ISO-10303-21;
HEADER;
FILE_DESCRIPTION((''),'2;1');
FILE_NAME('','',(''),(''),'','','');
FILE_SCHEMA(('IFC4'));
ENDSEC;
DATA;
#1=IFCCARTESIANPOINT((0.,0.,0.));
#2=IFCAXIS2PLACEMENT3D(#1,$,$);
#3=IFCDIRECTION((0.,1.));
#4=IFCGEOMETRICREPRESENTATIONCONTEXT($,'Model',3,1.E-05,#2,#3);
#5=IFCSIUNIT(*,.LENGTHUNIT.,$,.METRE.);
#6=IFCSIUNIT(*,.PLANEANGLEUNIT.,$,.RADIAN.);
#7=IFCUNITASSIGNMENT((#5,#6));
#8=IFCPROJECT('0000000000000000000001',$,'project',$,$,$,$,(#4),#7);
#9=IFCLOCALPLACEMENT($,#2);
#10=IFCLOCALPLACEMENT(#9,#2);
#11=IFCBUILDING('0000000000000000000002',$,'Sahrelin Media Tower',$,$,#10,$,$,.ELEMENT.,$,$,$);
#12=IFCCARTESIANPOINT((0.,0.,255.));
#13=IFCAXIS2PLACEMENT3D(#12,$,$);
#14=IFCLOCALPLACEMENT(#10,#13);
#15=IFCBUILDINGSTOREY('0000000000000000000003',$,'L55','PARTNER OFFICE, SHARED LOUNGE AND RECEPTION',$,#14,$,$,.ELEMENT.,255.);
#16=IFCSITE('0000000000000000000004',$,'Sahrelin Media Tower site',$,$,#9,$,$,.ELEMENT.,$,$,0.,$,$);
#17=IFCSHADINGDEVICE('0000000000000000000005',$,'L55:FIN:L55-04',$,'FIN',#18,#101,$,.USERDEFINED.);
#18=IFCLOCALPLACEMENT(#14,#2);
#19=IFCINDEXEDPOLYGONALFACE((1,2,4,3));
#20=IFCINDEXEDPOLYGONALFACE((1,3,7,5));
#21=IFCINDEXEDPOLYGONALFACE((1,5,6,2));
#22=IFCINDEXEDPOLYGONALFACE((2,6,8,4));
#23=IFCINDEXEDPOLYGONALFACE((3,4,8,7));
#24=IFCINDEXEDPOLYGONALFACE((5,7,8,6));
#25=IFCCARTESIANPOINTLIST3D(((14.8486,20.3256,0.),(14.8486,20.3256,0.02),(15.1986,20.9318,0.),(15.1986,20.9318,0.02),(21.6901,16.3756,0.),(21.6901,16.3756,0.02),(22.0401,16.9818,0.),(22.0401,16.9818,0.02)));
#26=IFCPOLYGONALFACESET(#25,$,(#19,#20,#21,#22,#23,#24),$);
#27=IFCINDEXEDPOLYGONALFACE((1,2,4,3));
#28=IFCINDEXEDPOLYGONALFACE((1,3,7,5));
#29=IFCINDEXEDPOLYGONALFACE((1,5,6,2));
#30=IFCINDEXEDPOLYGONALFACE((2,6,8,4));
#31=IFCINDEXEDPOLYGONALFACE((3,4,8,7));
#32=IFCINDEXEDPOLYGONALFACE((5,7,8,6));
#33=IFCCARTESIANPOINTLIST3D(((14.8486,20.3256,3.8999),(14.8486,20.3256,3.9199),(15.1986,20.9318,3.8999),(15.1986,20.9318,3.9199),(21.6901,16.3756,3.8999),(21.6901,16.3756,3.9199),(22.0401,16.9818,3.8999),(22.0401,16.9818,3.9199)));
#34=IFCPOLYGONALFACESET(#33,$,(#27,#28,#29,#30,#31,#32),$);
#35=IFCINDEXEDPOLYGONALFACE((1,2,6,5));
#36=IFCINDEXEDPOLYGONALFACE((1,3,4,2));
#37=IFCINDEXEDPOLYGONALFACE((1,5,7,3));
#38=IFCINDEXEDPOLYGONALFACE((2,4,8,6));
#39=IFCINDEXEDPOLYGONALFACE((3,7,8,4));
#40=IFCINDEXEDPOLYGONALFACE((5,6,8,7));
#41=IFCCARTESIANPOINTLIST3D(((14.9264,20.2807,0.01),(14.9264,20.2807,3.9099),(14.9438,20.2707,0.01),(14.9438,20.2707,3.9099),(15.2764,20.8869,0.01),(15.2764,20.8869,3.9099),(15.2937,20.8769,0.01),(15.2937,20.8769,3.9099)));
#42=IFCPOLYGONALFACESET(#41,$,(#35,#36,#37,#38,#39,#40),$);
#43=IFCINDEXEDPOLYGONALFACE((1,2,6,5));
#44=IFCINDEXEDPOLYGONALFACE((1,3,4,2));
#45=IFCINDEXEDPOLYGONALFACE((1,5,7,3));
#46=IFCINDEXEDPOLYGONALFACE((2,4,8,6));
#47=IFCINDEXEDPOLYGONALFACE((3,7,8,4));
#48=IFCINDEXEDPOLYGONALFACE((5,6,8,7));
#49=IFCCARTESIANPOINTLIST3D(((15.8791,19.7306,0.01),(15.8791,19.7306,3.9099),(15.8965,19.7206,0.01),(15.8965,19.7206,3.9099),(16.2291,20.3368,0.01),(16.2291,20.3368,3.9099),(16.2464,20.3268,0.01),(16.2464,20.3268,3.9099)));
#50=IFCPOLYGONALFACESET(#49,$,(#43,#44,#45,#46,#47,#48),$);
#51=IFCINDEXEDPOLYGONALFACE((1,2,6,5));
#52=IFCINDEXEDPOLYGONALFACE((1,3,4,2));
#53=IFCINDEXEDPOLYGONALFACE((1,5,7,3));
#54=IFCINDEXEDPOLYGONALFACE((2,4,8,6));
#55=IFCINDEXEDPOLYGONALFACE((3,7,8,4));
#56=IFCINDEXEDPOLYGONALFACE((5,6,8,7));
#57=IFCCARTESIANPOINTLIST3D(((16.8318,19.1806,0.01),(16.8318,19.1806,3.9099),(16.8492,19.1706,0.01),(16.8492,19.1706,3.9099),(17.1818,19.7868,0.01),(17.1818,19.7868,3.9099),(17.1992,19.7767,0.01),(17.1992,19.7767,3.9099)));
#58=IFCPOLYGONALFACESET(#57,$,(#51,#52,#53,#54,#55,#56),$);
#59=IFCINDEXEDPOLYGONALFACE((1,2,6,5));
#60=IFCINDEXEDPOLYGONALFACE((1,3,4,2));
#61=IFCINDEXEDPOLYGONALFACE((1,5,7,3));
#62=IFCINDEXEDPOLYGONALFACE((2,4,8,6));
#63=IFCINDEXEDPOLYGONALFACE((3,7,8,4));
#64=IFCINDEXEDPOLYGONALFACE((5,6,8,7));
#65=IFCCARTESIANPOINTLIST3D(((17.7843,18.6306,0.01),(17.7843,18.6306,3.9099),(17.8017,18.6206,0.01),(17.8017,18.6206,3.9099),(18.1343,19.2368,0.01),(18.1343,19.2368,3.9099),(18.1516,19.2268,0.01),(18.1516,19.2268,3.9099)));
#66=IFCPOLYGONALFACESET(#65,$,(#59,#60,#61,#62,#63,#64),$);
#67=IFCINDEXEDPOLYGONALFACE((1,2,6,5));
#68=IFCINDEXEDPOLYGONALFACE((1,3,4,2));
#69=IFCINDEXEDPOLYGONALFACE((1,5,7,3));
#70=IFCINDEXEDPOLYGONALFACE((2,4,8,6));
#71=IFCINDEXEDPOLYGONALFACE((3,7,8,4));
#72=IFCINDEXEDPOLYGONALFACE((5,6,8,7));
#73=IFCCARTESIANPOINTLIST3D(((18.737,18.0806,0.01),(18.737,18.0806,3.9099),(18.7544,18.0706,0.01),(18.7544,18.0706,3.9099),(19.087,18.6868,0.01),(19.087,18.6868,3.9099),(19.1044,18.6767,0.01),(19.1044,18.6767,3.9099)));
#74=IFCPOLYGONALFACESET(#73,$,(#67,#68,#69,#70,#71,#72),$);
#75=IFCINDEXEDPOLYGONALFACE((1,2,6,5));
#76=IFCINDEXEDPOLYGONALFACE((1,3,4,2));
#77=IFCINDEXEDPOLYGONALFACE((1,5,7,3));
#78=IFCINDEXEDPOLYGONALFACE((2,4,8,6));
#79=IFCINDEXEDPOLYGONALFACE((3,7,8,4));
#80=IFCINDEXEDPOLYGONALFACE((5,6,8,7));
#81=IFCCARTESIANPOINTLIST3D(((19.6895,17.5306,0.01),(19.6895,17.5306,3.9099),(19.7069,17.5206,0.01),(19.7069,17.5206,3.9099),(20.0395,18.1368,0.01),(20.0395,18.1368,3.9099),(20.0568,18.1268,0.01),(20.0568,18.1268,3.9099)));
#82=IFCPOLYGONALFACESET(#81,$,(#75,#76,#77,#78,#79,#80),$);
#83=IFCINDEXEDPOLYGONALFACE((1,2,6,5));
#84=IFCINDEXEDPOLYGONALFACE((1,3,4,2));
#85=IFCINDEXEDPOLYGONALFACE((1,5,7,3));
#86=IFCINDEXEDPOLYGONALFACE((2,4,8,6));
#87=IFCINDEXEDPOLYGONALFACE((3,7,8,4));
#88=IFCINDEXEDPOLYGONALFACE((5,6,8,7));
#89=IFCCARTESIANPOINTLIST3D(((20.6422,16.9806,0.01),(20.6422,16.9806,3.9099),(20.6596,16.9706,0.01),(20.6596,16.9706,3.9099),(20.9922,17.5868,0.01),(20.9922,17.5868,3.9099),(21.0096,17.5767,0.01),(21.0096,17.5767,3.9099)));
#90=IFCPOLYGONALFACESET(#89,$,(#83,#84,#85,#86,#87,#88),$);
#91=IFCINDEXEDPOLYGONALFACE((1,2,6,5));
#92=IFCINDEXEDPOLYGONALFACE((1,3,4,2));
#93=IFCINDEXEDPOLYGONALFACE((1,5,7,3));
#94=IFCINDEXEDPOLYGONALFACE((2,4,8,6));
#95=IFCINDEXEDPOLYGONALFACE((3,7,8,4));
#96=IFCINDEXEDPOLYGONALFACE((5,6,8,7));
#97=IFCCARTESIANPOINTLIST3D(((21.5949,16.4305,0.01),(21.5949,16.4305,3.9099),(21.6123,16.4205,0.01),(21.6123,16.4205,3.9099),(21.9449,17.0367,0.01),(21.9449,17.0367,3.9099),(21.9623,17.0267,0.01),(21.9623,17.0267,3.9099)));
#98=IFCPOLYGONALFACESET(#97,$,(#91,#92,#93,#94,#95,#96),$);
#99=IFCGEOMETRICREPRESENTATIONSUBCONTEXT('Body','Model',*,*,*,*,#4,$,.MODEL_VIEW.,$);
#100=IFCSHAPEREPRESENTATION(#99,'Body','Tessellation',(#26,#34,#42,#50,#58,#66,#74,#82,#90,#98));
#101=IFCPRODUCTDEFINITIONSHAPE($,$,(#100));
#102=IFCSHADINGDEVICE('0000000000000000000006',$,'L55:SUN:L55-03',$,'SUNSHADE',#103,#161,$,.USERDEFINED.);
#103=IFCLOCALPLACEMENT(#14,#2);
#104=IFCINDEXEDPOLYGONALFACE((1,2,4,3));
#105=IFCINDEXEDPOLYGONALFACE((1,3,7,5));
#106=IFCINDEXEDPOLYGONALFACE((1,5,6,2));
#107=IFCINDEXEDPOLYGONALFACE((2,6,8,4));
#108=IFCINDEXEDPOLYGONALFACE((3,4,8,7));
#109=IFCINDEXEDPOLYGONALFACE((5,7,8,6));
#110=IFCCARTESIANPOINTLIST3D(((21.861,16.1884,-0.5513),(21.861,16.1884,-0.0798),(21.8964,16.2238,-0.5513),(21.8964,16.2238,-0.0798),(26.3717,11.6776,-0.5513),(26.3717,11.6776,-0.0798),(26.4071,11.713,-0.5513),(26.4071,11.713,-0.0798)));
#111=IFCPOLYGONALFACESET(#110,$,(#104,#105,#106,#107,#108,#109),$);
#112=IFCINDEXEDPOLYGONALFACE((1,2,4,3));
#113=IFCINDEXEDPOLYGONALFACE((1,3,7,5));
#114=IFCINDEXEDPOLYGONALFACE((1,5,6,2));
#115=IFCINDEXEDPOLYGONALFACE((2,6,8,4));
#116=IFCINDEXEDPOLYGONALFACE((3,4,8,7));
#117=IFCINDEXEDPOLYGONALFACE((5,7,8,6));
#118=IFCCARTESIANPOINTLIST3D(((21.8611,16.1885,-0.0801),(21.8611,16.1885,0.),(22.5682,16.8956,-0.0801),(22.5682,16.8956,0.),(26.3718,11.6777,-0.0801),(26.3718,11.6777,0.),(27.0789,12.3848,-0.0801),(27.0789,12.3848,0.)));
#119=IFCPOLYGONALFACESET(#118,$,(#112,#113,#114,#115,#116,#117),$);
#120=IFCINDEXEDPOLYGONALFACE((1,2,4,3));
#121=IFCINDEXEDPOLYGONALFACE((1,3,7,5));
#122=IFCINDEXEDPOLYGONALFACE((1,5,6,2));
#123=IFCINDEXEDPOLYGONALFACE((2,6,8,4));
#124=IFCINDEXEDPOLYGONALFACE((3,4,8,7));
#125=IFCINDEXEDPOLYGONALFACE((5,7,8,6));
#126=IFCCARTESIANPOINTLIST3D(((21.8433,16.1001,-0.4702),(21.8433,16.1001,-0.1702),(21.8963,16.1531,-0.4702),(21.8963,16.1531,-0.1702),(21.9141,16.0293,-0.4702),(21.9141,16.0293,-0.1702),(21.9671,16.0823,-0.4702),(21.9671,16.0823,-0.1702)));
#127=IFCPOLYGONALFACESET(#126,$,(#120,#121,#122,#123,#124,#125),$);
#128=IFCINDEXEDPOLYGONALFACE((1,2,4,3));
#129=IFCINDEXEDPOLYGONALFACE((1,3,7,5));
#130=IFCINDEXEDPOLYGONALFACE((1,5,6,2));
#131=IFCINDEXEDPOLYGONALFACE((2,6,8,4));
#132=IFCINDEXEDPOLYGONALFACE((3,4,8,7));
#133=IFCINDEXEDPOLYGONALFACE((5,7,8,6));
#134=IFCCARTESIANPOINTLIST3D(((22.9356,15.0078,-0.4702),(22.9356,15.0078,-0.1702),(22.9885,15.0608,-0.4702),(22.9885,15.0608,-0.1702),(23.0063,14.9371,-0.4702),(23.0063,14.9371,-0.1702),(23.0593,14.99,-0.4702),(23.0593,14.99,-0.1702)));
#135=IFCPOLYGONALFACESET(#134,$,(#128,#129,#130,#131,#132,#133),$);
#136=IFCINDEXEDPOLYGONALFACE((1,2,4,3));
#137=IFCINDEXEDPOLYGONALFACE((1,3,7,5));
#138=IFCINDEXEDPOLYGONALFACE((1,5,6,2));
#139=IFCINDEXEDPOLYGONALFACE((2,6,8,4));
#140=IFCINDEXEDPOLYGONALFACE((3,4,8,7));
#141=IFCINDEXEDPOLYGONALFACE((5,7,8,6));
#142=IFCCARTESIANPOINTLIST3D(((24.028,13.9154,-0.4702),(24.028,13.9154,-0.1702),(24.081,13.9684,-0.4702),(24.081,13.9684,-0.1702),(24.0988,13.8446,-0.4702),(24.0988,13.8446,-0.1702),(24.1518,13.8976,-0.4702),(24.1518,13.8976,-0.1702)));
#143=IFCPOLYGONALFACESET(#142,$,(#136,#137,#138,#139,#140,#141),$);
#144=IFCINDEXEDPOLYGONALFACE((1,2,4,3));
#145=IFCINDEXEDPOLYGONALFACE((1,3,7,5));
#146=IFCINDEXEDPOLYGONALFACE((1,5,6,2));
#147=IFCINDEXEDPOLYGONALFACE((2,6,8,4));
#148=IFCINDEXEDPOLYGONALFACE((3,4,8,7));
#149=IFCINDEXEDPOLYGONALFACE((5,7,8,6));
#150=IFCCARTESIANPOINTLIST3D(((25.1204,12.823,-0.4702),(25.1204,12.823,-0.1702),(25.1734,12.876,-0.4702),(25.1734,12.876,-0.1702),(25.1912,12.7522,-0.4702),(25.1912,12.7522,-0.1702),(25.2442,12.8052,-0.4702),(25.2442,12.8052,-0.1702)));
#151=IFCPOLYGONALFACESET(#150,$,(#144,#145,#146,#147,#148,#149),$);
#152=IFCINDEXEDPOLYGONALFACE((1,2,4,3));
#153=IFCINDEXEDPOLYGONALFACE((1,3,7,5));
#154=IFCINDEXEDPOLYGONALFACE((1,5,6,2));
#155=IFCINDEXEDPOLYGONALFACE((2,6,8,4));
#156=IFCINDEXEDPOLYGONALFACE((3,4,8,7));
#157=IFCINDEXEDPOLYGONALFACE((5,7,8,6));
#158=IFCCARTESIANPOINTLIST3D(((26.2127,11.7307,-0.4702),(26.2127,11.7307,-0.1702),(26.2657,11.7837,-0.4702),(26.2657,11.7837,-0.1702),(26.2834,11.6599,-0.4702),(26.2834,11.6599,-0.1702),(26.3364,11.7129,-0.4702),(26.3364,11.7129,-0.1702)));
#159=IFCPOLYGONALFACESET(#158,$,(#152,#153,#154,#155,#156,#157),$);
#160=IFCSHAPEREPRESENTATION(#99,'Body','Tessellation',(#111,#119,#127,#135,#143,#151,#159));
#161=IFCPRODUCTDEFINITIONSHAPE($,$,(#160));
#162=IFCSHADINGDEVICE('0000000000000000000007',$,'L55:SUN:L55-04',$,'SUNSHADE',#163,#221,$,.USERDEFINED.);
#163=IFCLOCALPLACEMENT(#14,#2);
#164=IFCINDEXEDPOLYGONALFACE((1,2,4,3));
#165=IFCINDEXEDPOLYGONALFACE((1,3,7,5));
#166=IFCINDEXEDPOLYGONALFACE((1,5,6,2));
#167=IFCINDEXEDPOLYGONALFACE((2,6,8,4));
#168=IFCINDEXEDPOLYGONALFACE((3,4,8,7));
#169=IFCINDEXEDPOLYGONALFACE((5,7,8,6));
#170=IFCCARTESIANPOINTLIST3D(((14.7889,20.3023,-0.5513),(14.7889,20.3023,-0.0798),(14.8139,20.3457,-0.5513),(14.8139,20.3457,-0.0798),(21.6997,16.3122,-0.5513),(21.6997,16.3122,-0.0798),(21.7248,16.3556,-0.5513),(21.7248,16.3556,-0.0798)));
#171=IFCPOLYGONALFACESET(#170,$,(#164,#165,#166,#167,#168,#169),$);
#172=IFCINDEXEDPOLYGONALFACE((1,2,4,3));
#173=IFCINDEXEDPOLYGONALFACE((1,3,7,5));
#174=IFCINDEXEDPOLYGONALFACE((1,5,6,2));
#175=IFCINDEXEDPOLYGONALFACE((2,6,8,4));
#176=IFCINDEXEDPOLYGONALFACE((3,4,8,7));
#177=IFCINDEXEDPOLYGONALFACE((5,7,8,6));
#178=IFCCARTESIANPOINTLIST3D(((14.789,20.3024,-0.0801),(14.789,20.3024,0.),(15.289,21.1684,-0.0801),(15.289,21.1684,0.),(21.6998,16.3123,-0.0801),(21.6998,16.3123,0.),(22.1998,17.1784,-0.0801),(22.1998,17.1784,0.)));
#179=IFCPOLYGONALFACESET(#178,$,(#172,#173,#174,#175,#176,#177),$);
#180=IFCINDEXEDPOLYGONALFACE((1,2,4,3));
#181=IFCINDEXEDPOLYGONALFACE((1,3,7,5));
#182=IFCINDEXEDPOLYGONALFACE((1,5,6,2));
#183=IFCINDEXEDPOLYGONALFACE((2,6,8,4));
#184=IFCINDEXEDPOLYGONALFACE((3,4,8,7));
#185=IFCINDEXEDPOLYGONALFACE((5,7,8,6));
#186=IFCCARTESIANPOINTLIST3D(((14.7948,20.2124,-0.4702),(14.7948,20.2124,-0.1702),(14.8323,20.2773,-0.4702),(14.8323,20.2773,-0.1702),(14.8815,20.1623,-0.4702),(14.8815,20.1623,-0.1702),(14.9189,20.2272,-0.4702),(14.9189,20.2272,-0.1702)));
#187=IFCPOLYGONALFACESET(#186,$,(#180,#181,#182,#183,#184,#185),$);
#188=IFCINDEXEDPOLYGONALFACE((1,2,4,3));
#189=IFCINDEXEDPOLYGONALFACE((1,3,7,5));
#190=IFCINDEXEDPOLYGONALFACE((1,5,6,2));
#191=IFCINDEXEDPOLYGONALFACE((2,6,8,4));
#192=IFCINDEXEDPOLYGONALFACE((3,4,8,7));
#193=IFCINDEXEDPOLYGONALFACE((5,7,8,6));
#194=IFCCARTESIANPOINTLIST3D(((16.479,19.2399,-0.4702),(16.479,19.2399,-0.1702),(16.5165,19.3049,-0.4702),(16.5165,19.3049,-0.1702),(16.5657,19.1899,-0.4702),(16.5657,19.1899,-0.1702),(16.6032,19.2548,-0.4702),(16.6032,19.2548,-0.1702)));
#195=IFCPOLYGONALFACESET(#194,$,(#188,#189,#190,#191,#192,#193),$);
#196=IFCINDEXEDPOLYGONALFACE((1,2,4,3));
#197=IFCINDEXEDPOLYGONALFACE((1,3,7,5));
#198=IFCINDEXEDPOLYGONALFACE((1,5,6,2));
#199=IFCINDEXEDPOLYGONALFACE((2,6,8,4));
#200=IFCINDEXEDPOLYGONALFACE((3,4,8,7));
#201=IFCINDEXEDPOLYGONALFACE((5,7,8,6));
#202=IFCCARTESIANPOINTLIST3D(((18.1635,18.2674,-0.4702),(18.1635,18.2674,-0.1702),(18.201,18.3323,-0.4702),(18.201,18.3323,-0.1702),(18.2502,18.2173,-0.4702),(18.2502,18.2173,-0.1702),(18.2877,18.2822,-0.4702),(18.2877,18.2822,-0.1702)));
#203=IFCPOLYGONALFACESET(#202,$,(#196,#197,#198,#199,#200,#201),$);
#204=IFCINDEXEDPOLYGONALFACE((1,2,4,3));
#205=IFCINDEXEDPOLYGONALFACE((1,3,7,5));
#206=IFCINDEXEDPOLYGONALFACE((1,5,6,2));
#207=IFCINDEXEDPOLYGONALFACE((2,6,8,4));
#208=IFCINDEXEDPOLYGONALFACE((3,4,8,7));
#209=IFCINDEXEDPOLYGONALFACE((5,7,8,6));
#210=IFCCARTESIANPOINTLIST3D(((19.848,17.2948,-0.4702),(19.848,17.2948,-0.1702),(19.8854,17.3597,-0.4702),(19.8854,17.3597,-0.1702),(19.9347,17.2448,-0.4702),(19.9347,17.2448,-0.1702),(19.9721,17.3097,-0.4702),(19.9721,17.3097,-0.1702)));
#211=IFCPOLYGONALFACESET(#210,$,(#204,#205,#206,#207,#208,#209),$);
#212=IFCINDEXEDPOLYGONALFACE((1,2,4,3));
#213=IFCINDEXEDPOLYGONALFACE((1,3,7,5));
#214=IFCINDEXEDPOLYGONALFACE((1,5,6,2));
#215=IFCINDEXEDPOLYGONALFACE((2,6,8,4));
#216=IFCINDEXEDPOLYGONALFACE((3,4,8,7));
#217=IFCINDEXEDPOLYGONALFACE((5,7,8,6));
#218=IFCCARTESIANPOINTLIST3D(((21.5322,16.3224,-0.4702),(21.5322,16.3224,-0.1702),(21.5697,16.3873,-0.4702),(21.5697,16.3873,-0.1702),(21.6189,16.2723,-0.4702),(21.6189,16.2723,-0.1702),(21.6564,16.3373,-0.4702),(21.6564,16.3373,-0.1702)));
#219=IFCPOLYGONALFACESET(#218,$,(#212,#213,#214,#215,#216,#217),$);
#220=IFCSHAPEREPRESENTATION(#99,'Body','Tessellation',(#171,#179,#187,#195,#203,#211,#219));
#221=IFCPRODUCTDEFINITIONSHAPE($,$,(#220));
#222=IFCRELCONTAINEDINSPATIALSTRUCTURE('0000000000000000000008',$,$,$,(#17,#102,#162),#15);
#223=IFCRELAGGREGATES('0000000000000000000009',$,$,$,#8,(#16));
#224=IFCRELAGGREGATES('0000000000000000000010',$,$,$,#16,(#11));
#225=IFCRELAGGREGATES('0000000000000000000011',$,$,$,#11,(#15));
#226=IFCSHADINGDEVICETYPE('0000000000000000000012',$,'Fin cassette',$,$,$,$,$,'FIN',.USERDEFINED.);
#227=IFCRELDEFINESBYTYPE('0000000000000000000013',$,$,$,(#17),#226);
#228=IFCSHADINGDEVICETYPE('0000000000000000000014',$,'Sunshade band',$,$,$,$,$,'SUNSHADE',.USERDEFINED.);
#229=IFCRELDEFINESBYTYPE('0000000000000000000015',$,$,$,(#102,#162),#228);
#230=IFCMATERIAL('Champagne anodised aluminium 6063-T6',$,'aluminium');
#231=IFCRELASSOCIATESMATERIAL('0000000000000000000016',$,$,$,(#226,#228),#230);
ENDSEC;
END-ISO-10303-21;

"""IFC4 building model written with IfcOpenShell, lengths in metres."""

from ifc_helpers import new_model, si_unit, direction, frame, origin, origin_2d, place, context, subcontext, project, spatial, rectangle, extrude, material, type_object, element, save


model = new_model("IFC4")

# Units and contexts
model_context = context("Model", 3, precision=1e-05, world=origin(), true_north=direction((0.0, 1.0)))
body_context = subcontext(model_context, "Body", "Model", "MODEL_VIEW")
ifc_project = project(units=[si_unit("LENGTHUNIT", "METRE"), si_unit("PLANEANGLEUNIT", "RADIAN")], contexts=[model_context])

# Site, building, storey
site_placement = place(None, origin())
site = spatial("IfcSite", under=ifc_project, at=site_placement, Name="Sahrelin Media Tower site", CompositionType="ELEMENT", RefElevation=0.0)
building_placement = place(site_placement, origin())
building = spatial("IfcBuilding", under=site, at=building_placement, Name="Sahrelin Media Tower", CompositionType="ELEMENT")
storey_placement = place(building_placement, frame((0.0, 0.0, 255.0)))
storey = spatial("IfcBuildingStorey", under=building, at=storey_placement, Name="L55", Description="PARTNER OFFICE, SHARED LOUNGE AND RECEPTION", CompositionType="ELEMENT", Elevation=255.0)

# Shared definitions
ifc_material_1 = material(Name="Champagne anodised aluminium 6063-T6", Category="aluminium")

# Shading devices
shading_device_type_1 = type_object("IfcShadingDeviceType", Name="Fin cassette", ElementType="FIN", PredefinedType="USERDEFINED", material=ifc_material_1)
placement_1 = place(storey_placement, frame((24.1023, 13.9189, 0.0), z_axis=(0.0, 0.0, 1.0), x_axis=(0.707107, -0.707107, 0.0)))
placement_2 = place(storey_placement, frame((18.2344, 18.29, 0.0), z_axis=(0.0, 0.0, 1.0), x_axis=(0.866019, -0.500011, 0.0)))
element("IfcShadingDevice", 1, at=placement_2, inside=storey, type_object=shading_device_type_1, Name="L55:FIN:L55-04", ObjectType="FIN", PredefinedType="USERDEFINED", context=body_context, shape_type="SweptSolid", body=[
    extrude(rectangle(XDim=7.8999, YDim=0.7, at=origin_2d()), frame((0.0, 0.4199, 0.0)), (0.0, 0.0, 1.0), 0.02),
    extrude(rectangle(XDim=7.8999, YDim=0.7, at=origin_2d()), frame((0.0, 0.4199, 3.8999)), (0.0, 0.0, 1.0), 0.02),
    extrude(rectangle(XDim=0.02, YDim=0.7, at=origin_2d()), frame((-3.8501, 0.4199, 0.01), z_axis=(0.0, 0.0, 1.0), x_axis=(1.0, 0.0, 0.0)), (0.0, 0.0, 1.0), 3.8999),
    extrude(rectangle(XDim=0.02, YDim=0.7, at=origin_2d()), frame((-2.75, 0.4199, 0.01), z_axis=(0.0, 0.0, 1.0), x_axis=(1.0, 0.0, 0.0)), (0.0, 0.0, 1.0), 3.8999),
    extrude(rectangle(XDim=0.02, YDim=0.7, at=origin_2d()), frame((-1.6499, 0.4199, 0.01), z_axis=(0.0, 0.0, 1.0), x_axis=(1.0, 0.0, 0.0)), (0.0, 0.0, 1.0), 3.8999),
    extrude(rectangle(XDim=0.02, YDim=0.7, at=origin_2d()), frame((-0.55, 0.4199, 0.01), z_axis=(0.0, 0.0, 1.0), x_axis=(1.0, 0.0, 0.0)), (0.0, 0.0, 1.0), 3.8999),
    extrude(rectangle(XDim=0.02, YDim=0.7, at=origin_2d()), frame((0.55, 0.4199, 0.01), z_axis=(0.0, 0.0, 1.0), x_axis=(1.0, 0.0, 0.0)), (0.0, 0.0, 1.0), 3.8999),
    extrude(rectangle(XDim=0.02, YDim=0.7, at=origin_2d()), frame((1.6499, 0.4199, 0.01), z_axis=(0.0, 0.0, 1.0), x_axis=(1.0, 0.0, 0.0)), (0.0, 0.0, 1.0), 3.8999),
    extrude(rectangle(XDim=0.02, YDim=0.7, at=origin_2d()), frame((2.75, 0.4199, 0.01), z_axis=(0.0, 0.0, 1.0), x_axis=(1.0, 0.0, 0.0)), (0.0, 0.0, 1.0), 3.8999),
    extrude(rectangle(XDim=0.02, YDim=0.7, at=origin_2d()), frame((3.8501, 0.4199, 0.01), z_axis=(0.0, 0.0, 1.0), x_axis=(1.0, 0.0, 0.0)), (0.0, 0.0, 1.0), 3.8999),
])
shading_device_type_2 = type_object("IfcShadingDeviceType", Name="Sunshade band", ElementType="SUNSHADE", PredefinedType="USERDEFINED", material=ifc_material_1)
element("IfcShadingDevice", 2, at=placement_1, inside=storey, type_object=shading_device_type_2, Name="L55:SUN:L55-03", ObjectType="SUNSHADE", PredefinedType="USERDEFINED", context=body_context, shape_type="SweptSolid", body=[
    extrude(rectangle(XDim=6.3792, YDim=0.05, at=origin_2d()), frame((0.0, 0.0449, -0.5513)), (0.0, 0.0, 1.0), 0.4714),
    extrude(rectangle(XDim=6.3792, YDim=1.0, at=origin_2d()), frame((0.0, 0.52, -0.0801)), (0.0, 0.0, 1.0), 0.0801),
    extrude(rectangle(XDim=0.1001, YDim=0.075, at=origin_2d()), frame((-3.0896, -0.0176, -0.4702)), (0.0, 0.0, 1.0), 0.3),
    extrude(rectangle(XDim=0.1001, YDim=0.075, at=origin_2d()), frame((-1.5449, -0.0176, -0.4702)), (0.0, 0.0, 1.0), 0.3),
    extrude(rectangle(XDim=0.1001, YDim=0.075, at=origin_2d()), frame((0.0, -0.0176, -0.4702)), (0.0, 0.0, 1.0), 0.3),
    extrude(rectangle(XDim=0.1001, YDim=0.075, at=origin_2d()), frame((1.5449, -0.0176, -0.4702)), (0.0, 0.0, 1.0), 0.3),
    extrude(rectangle(XDim=0.1001, YDim=0.075, at=origin_2d()), frame((3.0896, -0.0176, -0.4702)), (0.0, 0.0, 1.0), 0.3),
])
element("IfcShadingDevice", 3, at=placement_2, inside=storey, type_object=shading_device_type_2, Name="L55:SUN:L55-04", ObjectType="SUNSHADE", PredefinedType="USERDEFINED", context=body_context, shape_type="SweptSolid", body=[
    extrude(rectangle(XDim=7.98, YDim=0.05, at=origin_2d()), frame((0.0, 0.0449, -0.5513)), (0.0, 0.0, 1.0), 0.4714),
    extrude(rectangle(XDim=7.98, YDim=1.0, at=origin_2d()), frame((0.0, 0.52, -0.0801)), (0.0, 0.0, 1.0), 0.0801),
    extrude(rectangle(XDim=0.1001, YDim=0.075, at=origin_2d()), frame((-3.8899, -0.0176, -0.4702)), (0.0, 0.0, 1.0), 0.3),
    extrude(rectangle(XDim=0.1001, YDim=0.075, at=origin_2d()), frame((-1.9451, -0.0176, -0.4702)), (0.0, 0.0, 1.0), 0.3),
    extrude(rectangle(XDim=0.1001, YDim=0.075, at=origin_2d()), frame((0.0, -0.0176, -0.4702)), (0.0, 0.0, 1.0), 0.3),
    extrude(rectangle(XDim=0.1001, YDim=0.075, at=origin_2d()), frame((1.9451, -0.0176, -0.4702)), (0.0, 0.0, 1.0), 0.3),
    extrude(rectangle(XDim=0.1001, YDim=0.075, at=origin_2d()), frame((3.8899, -0.0176, -0.4702)), (0.0, 0.0, 1.0), 0.3),
])

save(model, "model.ifc")
